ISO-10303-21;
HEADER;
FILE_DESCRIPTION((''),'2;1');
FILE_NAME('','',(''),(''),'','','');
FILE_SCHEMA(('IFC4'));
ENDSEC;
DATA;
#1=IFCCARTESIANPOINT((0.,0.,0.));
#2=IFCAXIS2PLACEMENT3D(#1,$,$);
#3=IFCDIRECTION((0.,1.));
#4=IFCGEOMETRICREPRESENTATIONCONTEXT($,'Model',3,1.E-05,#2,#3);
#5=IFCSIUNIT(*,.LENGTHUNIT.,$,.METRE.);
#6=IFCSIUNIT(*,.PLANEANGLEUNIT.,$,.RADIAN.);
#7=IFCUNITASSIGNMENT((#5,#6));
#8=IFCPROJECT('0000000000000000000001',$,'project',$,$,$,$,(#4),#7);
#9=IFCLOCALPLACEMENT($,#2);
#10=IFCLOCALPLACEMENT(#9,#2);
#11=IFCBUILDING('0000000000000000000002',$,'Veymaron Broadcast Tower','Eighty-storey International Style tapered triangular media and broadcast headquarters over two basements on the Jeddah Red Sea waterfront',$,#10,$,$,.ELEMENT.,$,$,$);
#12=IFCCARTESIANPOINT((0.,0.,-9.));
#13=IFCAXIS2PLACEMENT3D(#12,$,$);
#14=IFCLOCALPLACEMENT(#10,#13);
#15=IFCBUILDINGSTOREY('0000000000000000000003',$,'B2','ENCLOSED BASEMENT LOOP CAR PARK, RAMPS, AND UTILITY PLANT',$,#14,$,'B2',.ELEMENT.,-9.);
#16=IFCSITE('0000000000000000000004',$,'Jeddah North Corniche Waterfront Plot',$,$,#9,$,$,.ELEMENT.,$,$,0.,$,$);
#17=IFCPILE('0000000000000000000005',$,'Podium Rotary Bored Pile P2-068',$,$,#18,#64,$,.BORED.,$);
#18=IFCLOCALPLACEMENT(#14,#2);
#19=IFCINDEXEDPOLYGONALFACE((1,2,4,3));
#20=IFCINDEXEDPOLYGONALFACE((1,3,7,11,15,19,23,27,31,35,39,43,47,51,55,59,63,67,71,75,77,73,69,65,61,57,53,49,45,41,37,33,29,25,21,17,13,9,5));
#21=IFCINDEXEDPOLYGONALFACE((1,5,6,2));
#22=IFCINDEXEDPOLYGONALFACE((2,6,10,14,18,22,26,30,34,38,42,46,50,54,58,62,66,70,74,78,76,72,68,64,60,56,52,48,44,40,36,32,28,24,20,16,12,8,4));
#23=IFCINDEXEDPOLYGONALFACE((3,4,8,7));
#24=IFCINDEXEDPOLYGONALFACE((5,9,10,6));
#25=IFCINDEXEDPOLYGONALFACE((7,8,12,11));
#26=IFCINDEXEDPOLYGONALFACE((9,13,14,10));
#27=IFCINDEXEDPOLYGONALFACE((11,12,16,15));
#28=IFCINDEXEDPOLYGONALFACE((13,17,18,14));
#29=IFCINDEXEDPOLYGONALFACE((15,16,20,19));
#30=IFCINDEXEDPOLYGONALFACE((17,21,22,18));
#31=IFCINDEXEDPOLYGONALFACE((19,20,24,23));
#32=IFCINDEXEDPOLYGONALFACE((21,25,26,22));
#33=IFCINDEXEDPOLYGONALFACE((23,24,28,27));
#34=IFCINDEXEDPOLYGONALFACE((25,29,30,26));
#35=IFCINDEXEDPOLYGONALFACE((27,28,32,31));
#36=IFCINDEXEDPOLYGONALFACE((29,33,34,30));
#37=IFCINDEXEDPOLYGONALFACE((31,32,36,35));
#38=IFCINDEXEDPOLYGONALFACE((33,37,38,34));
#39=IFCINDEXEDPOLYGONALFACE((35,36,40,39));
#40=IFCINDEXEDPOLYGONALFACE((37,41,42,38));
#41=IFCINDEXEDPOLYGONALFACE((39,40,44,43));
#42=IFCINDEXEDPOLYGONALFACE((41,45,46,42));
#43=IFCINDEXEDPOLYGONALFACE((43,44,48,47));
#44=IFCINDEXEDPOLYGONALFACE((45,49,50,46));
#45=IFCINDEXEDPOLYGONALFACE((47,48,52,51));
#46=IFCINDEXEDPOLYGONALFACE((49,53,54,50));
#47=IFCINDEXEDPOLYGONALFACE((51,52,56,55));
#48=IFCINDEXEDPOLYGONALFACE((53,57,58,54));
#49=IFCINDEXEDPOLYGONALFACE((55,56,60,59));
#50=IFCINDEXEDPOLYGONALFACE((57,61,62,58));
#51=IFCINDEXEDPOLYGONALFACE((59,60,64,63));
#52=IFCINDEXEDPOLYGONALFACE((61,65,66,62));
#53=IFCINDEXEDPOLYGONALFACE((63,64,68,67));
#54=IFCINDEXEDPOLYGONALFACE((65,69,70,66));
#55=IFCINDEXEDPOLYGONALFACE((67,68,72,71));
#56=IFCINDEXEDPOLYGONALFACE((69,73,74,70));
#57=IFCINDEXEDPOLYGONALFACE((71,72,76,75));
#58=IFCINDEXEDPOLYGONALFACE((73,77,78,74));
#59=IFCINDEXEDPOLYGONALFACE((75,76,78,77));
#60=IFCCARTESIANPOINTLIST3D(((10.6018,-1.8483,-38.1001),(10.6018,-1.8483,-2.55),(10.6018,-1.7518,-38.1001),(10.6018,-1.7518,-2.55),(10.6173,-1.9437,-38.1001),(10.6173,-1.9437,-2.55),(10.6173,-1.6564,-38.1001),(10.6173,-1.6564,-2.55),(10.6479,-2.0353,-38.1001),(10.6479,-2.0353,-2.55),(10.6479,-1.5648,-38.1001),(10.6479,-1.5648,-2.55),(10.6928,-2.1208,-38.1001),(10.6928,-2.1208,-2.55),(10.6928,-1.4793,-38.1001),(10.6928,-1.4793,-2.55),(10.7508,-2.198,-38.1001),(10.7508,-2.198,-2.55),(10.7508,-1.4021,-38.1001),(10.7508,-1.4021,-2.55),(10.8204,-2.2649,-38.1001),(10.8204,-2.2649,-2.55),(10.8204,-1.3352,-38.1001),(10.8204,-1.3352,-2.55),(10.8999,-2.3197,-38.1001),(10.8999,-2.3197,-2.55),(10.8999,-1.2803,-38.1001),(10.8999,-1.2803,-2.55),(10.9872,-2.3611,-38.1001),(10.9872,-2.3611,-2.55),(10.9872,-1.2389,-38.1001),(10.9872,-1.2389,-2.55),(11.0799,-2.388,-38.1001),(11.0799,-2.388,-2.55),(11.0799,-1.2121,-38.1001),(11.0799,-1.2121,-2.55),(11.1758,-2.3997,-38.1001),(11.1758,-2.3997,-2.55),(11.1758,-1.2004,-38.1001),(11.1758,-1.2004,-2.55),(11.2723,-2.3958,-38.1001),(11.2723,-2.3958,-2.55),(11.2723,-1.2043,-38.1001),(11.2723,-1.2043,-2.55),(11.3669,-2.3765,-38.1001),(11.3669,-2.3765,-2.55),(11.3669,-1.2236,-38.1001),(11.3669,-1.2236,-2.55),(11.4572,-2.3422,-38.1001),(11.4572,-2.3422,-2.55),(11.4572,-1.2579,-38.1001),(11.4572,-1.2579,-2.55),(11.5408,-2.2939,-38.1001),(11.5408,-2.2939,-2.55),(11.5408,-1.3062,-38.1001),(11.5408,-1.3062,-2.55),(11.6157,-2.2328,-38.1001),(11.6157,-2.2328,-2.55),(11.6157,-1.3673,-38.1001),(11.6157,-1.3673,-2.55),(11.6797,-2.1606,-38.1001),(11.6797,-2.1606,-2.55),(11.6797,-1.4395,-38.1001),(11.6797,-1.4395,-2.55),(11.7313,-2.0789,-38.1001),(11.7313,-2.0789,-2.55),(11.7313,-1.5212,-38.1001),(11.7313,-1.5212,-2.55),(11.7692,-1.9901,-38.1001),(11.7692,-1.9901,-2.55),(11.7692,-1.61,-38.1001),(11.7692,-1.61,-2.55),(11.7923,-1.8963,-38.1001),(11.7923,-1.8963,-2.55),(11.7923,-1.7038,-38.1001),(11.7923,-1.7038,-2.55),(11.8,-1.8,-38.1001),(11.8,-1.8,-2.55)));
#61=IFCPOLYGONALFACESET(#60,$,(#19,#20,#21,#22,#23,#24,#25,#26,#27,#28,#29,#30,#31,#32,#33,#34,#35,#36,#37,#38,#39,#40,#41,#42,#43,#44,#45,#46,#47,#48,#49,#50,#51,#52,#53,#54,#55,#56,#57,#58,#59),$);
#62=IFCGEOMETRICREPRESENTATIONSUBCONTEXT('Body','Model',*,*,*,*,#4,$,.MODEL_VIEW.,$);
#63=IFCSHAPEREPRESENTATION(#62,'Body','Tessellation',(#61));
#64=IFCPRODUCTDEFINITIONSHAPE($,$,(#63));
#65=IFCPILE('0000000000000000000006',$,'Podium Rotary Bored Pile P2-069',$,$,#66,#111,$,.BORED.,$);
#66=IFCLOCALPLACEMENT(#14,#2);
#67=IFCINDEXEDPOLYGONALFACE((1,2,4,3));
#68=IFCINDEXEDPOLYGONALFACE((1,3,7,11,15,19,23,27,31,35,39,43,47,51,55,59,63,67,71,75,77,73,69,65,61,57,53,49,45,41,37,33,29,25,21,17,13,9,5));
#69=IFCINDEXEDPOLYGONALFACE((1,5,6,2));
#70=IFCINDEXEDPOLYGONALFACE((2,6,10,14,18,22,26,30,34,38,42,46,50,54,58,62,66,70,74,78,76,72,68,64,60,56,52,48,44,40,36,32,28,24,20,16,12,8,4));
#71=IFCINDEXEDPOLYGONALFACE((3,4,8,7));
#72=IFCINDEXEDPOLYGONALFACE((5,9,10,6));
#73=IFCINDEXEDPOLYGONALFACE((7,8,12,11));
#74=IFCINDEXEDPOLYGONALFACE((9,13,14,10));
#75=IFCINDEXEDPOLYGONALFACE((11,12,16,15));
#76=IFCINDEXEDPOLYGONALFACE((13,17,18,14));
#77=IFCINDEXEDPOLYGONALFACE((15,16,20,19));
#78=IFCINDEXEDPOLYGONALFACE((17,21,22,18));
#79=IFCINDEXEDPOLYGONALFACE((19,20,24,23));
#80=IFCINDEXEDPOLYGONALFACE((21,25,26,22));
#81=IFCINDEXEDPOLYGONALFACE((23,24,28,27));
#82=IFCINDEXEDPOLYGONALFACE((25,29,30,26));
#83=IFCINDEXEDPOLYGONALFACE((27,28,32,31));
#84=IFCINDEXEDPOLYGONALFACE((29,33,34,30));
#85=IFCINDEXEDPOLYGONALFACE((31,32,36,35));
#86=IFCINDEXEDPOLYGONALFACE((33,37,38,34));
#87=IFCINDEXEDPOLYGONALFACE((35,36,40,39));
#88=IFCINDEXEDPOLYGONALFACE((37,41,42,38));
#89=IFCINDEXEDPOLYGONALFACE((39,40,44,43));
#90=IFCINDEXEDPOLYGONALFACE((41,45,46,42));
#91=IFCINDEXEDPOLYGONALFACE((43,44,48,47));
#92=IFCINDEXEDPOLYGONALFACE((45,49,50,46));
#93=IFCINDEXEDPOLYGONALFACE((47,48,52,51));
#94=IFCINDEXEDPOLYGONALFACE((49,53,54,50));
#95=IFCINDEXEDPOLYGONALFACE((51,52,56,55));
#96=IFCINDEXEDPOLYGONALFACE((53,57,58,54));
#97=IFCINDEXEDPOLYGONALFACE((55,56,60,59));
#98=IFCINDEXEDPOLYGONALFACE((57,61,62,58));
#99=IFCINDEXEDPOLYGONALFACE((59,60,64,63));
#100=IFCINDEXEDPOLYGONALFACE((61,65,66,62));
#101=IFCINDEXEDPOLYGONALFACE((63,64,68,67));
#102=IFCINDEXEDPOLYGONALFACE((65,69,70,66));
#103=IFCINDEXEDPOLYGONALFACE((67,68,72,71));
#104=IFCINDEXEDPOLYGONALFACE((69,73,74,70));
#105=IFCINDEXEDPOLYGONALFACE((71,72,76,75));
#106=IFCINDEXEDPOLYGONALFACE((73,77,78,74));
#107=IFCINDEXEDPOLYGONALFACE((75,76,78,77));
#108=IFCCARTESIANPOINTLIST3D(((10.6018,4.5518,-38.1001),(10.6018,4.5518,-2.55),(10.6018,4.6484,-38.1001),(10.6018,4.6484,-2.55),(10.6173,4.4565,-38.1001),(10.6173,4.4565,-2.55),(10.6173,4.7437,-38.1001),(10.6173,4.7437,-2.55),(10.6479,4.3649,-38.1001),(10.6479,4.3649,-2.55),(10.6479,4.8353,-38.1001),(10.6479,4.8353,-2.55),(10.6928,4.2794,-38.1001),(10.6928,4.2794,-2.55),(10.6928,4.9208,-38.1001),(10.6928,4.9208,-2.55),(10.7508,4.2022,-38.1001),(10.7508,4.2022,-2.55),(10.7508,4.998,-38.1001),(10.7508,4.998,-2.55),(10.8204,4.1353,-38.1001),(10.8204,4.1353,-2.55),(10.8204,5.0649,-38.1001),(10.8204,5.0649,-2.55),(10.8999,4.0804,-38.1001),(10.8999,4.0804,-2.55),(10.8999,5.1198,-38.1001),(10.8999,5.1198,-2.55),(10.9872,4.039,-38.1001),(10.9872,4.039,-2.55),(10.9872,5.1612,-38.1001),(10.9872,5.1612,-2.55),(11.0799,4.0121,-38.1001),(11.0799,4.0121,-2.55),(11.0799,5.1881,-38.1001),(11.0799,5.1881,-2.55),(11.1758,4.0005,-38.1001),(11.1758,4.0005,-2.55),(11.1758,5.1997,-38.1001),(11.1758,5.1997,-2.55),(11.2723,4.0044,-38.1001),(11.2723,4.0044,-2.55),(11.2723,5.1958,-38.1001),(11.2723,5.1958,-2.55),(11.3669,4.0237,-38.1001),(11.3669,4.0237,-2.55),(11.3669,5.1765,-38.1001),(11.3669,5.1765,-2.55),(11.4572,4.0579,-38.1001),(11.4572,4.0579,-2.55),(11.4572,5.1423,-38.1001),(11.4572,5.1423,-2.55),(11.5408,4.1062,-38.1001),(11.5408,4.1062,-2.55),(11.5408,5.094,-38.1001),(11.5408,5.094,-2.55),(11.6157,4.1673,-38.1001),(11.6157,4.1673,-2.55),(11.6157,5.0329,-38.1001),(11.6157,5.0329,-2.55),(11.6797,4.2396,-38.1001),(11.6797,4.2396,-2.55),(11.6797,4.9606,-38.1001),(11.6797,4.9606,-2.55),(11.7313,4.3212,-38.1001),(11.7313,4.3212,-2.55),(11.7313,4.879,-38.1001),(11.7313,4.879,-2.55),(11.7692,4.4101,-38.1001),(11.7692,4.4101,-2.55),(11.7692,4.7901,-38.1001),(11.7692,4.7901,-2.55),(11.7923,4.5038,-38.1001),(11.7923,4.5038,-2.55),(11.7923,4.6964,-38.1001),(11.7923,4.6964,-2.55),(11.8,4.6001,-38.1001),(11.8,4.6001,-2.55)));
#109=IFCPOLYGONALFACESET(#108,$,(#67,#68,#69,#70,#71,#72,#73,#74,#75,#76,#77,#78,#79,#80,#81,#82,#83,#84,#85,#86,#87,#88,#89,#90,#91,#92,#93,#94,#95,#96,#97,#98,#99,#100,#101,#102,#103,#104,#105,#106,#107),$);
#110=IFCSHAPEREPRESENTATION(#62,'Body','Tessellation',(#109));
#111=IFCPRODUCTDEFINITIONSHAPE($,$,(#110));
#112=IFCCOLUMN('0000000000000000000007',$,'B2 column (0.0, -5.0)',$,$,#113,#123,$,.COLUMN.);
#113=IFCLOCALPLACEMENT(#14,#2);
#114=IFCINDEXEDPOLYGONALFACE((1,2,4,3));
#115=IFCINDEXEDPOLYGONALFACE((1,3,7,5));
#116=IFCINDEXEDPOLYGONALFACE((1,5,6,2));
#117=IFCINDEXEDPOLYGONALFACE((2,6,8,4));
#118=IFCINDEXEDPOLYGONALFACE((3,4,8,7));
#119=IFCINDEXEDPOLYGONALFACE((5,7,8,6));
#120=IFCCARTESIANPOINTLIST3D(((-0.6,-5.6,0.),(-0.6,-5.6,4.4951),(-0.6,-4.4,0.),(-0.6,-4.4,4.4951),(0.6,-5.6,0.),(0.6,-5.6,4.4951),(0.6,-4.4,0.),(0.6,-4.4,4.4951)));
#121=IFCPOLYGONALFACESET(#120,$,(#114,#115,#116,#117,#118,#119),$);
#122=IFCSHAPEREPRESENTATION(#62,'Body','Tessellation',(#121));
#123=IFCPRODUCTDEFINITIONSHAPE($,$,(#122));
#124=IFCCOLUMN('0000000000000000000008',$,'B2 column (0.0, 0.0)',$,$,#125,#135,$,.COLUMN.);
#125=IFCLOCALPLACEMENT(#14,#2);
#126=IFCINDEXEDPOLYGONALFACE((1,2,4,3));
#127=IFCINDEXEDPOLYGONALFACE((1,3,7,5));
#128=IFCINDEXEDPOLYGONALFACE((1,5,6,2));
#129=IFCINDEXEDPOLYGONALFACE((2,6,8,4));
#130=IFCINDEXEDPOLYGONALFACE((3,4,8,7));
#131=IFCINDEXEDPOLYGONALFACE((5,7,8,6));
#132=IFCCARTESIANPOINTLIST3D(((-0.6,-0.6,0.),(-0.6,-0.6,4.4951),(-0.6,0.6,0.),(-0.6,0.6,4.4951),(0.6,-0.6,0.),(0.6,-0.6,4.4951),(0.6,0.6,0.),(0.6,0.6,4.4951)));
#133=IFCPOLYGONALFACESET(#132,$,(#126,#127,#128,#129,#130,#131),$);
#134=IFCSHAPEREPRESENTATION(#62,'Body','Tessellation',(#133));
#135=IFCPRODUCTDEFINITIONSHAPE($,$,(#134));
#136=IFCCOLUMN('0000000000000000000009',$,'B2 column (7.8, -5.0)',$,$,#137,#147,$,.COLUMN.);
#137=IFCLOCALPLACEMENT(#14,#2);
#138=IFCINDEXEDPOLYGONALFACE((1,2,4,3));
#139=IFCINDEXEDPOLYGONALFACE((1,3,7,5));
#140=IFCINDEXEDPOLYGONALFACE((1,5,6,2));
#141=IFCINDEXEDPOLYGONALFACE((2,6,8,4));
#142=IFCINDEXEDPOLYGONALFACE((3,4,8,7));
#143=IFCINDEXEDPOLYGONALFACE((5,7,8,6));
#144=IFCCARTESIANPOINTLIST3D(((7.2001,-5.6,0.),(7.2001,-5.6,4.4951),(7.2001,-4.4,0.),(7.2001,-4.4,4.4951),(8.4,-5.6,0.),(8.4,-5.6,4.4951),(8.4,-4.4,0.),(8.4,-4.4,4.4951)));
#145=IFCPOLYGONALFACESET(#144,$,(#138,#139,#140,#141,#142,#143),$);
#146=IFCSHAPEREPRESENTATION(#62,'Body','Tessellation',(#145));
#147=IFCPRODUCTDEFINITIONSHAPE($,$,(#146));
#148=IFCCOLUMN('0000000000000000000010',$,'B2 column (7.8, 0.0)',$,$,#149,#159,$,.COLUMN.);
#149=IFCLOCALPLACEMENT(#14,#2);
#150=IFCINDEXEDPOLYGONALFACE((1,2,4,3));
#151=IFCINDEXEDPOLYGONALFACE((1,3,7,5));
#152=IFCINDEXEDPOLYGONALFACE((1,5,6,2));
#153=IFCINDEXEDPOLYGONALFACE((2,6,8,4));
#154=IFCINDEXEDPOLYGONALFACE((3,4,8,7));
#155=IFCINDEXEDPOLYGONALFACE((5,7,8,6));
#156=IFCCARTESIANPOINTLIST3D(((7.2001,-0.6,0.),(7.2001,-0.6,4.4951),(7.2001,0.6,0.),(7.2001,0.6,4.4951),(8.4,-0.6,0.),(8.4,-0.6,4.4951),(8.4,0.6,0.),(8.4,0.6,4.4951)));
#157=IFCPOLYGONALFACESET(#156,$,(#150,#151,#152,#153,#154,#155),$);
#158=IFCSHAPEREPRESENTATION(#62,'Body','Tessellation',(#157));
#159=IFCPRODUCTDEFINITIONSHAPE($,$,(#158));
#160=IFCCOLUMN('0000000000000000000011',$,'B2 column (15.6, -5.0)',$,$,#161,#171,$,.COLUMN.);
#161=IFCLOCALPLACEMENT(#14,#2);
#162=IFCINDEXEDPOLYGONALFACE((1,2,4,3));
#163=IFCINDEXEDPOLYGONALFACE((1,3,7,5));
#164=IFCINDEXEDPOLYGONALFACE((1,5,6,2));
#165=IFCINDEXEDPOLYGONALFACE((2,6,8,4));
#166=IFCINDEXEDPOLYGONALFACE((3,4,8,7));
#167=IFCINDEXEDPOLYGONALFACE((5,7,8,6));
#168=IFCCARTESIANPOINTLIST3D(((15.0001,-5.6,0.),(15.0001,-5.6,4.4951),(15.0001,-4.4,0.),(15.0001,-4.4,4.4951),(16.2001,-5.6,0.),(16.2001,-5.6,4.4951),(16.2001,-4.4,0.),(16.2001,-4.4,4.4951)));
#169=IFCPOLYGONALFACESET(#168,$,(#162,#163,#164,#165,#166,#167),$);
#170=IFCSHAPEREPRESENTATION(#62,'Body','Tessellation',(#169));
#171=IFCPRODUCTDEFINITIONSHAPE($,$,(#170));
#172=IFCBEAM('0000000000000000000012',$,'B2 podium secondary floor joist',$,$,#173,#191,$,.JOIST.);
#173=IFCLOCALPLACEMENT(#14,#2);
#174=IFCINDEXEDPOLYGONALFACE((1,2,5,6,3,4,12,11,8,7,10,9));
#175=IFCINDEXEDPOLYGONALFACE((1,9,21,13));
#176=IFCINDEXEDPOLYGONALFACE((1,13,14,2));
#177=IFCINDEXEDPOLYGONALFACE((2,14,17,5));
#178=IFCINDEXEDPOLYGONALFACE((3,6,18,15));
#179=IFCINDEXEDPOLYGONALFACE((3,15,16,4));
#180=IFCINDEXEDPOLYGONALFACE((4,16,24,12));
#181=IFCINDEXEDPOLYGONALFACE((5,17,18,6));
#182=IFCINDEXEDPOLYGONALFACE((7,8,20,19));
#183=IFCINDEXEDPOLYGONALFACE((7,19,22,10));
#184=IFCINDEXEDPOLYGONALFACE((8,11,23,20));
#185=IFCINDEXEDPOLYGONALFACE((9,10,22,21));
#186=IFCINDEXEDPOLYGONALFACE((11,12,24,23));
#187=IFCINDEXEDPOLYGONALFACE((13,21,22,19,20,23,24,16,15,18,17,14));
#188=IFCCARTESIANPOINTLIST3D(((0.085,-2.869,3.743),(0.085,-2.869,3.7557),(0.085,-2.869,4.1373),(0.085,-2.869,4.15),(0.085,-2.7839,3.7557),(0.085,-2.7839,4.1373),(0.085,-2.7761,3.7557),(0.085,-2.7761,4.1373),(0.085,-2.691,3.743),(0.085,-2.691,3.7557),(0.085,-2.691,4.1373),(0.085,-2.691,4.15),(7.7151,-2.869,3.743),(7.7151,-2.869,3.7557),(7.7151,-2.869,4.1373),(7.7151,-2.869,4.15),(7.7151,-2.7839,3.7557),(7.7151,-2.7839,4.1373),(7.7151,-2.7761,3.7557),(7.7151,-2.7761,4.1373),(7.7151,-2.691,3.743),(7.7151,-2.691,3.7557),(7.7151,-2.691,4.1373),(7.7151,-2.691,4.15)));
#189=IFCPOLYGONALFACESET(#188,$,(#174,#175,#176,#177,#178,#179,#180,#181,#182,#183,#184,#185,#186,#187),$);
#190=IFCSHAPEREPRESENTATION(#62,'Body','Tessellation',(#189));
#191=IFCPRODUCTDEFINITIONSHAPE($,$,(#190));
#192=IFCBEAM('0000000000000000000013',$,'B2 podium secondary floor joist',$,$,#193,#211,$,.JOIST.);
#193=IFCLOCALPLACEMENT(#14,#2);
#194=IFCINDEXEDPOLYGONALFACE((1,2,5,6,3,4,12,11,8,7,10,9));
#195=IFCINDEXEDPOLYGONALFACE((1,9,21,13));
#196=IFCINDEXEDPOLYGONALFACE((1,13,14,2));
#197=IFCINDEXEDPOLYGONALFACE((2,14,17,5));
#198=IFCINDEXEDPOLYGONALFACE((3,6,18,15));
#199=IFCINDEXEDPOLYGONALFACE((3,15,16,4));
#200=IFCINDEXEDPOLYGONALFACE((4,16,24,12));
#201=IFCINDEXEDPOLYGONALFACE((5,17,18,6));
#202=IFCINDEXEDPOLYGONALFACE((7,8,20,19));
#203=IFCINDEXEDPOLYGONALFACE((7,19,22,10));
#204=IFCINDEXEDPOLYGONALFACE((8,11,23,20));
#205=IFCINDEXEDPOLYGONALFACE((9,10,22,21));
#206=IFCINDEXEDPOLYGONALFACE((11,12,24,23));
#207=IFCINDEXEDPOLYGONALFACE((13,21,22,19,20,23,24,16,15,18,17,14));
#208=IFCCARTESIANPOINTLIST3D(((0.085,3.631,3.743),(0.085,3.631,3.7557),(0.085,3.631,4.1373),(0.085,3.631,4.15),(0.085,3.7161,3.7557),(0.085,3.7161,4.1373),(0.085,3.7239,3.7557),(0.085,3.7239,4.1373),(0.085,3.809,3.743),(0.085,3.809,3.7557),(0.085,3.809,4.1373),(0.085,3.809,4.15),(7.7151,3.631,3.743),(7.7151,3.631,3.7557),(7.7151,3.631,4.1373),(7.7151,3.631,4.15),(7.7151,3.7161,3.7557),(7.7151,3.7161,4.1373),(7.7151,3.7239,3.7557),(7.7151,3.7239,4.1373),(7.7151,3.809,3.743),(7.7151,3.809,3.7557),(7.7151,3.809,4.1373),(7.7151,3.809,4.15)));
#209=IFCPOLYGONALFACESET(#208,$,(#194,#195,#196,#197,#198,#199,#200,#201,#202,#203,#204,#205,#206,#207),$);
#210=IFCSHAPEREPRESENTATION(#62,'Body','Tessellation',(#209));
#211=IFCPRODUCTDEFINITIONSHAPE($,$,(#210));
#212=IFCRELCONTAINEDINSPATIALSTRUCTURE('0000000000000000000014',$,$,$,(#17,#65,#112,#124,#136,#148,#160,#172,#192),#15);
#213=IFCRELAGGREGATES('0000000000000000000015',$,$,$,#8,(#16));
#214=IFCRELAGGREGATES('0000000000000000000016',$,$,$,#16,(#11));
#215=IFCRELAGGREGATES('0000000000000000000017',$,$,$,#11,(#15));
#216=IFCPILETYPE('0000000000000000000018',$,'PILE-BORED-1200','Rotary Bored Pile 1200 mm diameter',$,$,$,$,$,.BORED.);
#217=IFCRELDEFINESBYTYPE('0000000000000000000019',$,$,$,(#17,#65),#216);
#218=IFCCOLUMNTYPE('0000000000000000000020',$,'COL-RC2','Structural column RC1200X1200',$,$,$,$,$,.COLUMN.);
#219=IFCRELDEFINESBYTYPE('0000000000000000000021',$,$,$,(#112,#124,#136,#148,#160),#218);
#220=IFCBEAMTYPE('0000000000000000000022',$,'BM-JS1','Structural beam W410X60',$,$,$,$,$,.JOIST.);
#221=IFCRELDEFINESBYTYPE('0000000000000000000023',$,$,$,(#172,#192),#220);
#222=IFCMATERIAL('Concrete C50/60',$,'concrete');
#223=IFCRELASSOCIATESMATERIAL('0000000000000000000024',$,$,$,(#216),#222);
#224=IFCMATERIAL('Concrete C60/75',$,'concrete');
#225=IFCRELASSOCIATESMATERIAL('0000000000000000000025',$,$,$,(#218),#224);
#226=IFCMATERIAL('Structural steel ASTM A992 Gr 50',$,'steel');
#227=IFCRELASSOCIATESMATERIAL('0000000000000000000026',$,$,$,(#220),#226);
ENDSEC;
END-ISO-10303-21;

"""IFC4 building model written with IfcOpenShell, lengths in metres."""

from ifc_helpers import new_model, si_unit, direction, frame, origin, origin_2d, place, context, subcontext, project, spatial, rectangle, circle, i_section, extrude, material, material_profile, profile_set, type_object, element, save


model = new_model("IFC4")

# Units and contexts
model_context = context("Model", 3, precision=1e-05, world=origin(), true_north=direction((0.0, 1.0)))
body_context = subcontext(model_context, "Body", "Model", "MODEL_VIEW")
ifc_project = project(units=[si_unit("LENGTHUNIT", "METRE"), si_unit("PLANEANGLEUNIT", "RADIAN")], contexts=[model_context])

# Site, building, storey
site_placement = place(None, origin())
site = spatial("IfcSite", under=ifc_project, at=site_placement, Name="Jeddah North Corniche Waterfront Plot", CompositionType="ELEMENT", RefElevation=0.0)
building_placement = place(site_placement, origin())
building = spatial("IfcBuilding", under=site, at=building_placement, Name="Veymaron Broadcast Tower", Description="Eighty-storey International Style tapered triangular media and broadcast headquarters over two basements on the Jeddah Red Sea waterfront", CompositionType="ELEMENT")
storey_placement = place(building_placement, frame((0.0, 0.0, -9.0)))
storey = spatial("IfcBuildingStorey", under=building, at=storey_placement, Name="B2", Description="ENCLOSED BASEMENT LOOP CAR PARK, RAMPS, AND UTILITY PLANT", LongName="B2", CompositionType="ELEMENT", Elevation=-9.0)

# Piles
ifc_material_1 = material(Name="Concrete C50/60", Category="concrete")
ifc_material_profile_1 = material_profile(ifc_material_1, circle(Radius=0.6001, at=origin_2d()), Name="PILE1200")
ifc_profile_set_1 = profile_set([ifc_material_profile_1], Name="Concrete C50/60")
pile_type = type_object("IfcPileType", Name="PILE-BORED-1200", Description="Rotary Bored Pile 1200 mm diameter", PredefinedType="BORED", material=ifc_profile_set_1)
for number, where, z_axis, x_axis, name in (
    (1, (11.2, -1.8, -2.55), (0.0, 0.0, -1.0), (1.0, 0.0, 0.0), "Podium Rotary Bored Pile P2-068"),
    (2, (11.2, 4.6001, -2.55), (0.0, 0.0, -1.0), (1.0, 0.0, 0.0), "Podium Rotary Bored Pile P2-069"),
):
    element("IfcPile", number, at=place(storey_placement, frame(where, z_axis=z_axis, x_axis=x_axis)), inside=storey, type_object=pile_type, Name=name, PredefinedType="BORED", context=body_context, shape_type="SweptSolid", body=[
        extrude(circle(Radius=0.6001, at=origin_2d()), origin(), (0.0, 0.0, 1.0), 35.55),
    ])

# Columns
ifc_material_2 = material(Name="Concrete C60/75", Category="concrete")
ifc_material_profile_2 = material_profile(ifc_material_2, rectangle(XDim=1.2, YDim=1.2, at=origin_2d()), Name="RC1200X1200")
ifc_profile_set_2 = profile_set([ifc_material_profile_2], Name="Concrete C60/75")
column_type = type_object("IfcColumnType", Name="COL-RC2", Description="Structural column RC1200X1200", PredefinedType="COLUMN", material=ifc_profile_set_2)
for number, where, z_axis, x_axis, name in (
    (3, (0.0, -5.0, 0.0), (0.0, 0.0, 1.0), (1.0, 0.0, 0.0), "B2 column (0.0, -5.0)"),
    (4, (0.0, 0.0, 0.0), (0.0, 0.0, 1.0), (1.0, 0.0, 0.0), "B2 column (0.0, 0.0)"),
    (5, (7.8, -5.0, 0.0), (0.0, 0.0, 1.0), (1.0, 0.0, 0.0), "B2 column (7.8, -5.0)"),
    (6, (7.8, 0.0, 0.0), (0.0, 0.0, 1.0), (1.0, 0.0, 0.0), "B2 column (7.8, 0.0)"),
    (7, (15.6001, -5.0, 0.0), (0.0, 0.0, 1.0), (1.0, 0.0, 0.0), "B2 column (15.6, -5.0)"),
):
    element("IfcColumn", number, at=place(storey_placement, frame(where, z_axis=z_axis, x_axis=x_axis)), inside=storey, type_object=column_type, Name=name, PredefinedType="COLUMN", context=body_context, shape_type="SweptSolid", body=[
        extrude(rectangle(XDim=1.2, YDim=1.2, at=origin_2d()), origin(), (0.0, 0.0, 1.0), 4.4951),
    ])

# Beams
ifc_material_3 = material(Name="Structural steel ASTM A992 Gr 50", Category="steel")
ifc_material_profile_3 = material_profile(ifc_material_3, i_section(OverallWidth=0.178, OverallDepth=0.407, WebThickness=0.0078, FlangeThickness=0.0127, at=origin_2d()), Name="W410X60")
ifc_profile_set_3 = profile_set([ifc_material_profile_3], Name="Structural steel ASTM A992 Gr 50")
beam_type_1 = type_object("IfcBeamType", Name="BM-JS1", Description="Structural beam W410X60", PredefinedType="JOIST", material=ifc_profile_set_3)
for number, where, z_axis, x_axis, name in (
    (8, (0.085, -2.78, 3.9465), (1.0, 0.0, 0.0), (0.0, 1.0, 0.0), "B2 podium secondary floor joist"),
    (9, (0.085, 3.72, 3.9465), (1.0, 0.0, 0.0), (0.0, 1.0, 0.0), "B2 podium secondary floor joist"),
):
    element("IfcBeam", number, at=place(storey_placement, frame(where, z_axis=z_axis, x_axis=x_axis)), inside=storey, type_object=beam_type_1, Name=name, PredefinedType="JOIST", context=body_context, shape_type="SweptSolid", body=[
        extrude(i_section(OverallWidth=0.178, OverallDepth=0.407, WebThickness=0.0078, FlangeThickness=0.0127, at=origin_2d()), origin(), (0.0, 0.0, 1.0), 7.6301),
    ])

save(model, "model.ifc")
